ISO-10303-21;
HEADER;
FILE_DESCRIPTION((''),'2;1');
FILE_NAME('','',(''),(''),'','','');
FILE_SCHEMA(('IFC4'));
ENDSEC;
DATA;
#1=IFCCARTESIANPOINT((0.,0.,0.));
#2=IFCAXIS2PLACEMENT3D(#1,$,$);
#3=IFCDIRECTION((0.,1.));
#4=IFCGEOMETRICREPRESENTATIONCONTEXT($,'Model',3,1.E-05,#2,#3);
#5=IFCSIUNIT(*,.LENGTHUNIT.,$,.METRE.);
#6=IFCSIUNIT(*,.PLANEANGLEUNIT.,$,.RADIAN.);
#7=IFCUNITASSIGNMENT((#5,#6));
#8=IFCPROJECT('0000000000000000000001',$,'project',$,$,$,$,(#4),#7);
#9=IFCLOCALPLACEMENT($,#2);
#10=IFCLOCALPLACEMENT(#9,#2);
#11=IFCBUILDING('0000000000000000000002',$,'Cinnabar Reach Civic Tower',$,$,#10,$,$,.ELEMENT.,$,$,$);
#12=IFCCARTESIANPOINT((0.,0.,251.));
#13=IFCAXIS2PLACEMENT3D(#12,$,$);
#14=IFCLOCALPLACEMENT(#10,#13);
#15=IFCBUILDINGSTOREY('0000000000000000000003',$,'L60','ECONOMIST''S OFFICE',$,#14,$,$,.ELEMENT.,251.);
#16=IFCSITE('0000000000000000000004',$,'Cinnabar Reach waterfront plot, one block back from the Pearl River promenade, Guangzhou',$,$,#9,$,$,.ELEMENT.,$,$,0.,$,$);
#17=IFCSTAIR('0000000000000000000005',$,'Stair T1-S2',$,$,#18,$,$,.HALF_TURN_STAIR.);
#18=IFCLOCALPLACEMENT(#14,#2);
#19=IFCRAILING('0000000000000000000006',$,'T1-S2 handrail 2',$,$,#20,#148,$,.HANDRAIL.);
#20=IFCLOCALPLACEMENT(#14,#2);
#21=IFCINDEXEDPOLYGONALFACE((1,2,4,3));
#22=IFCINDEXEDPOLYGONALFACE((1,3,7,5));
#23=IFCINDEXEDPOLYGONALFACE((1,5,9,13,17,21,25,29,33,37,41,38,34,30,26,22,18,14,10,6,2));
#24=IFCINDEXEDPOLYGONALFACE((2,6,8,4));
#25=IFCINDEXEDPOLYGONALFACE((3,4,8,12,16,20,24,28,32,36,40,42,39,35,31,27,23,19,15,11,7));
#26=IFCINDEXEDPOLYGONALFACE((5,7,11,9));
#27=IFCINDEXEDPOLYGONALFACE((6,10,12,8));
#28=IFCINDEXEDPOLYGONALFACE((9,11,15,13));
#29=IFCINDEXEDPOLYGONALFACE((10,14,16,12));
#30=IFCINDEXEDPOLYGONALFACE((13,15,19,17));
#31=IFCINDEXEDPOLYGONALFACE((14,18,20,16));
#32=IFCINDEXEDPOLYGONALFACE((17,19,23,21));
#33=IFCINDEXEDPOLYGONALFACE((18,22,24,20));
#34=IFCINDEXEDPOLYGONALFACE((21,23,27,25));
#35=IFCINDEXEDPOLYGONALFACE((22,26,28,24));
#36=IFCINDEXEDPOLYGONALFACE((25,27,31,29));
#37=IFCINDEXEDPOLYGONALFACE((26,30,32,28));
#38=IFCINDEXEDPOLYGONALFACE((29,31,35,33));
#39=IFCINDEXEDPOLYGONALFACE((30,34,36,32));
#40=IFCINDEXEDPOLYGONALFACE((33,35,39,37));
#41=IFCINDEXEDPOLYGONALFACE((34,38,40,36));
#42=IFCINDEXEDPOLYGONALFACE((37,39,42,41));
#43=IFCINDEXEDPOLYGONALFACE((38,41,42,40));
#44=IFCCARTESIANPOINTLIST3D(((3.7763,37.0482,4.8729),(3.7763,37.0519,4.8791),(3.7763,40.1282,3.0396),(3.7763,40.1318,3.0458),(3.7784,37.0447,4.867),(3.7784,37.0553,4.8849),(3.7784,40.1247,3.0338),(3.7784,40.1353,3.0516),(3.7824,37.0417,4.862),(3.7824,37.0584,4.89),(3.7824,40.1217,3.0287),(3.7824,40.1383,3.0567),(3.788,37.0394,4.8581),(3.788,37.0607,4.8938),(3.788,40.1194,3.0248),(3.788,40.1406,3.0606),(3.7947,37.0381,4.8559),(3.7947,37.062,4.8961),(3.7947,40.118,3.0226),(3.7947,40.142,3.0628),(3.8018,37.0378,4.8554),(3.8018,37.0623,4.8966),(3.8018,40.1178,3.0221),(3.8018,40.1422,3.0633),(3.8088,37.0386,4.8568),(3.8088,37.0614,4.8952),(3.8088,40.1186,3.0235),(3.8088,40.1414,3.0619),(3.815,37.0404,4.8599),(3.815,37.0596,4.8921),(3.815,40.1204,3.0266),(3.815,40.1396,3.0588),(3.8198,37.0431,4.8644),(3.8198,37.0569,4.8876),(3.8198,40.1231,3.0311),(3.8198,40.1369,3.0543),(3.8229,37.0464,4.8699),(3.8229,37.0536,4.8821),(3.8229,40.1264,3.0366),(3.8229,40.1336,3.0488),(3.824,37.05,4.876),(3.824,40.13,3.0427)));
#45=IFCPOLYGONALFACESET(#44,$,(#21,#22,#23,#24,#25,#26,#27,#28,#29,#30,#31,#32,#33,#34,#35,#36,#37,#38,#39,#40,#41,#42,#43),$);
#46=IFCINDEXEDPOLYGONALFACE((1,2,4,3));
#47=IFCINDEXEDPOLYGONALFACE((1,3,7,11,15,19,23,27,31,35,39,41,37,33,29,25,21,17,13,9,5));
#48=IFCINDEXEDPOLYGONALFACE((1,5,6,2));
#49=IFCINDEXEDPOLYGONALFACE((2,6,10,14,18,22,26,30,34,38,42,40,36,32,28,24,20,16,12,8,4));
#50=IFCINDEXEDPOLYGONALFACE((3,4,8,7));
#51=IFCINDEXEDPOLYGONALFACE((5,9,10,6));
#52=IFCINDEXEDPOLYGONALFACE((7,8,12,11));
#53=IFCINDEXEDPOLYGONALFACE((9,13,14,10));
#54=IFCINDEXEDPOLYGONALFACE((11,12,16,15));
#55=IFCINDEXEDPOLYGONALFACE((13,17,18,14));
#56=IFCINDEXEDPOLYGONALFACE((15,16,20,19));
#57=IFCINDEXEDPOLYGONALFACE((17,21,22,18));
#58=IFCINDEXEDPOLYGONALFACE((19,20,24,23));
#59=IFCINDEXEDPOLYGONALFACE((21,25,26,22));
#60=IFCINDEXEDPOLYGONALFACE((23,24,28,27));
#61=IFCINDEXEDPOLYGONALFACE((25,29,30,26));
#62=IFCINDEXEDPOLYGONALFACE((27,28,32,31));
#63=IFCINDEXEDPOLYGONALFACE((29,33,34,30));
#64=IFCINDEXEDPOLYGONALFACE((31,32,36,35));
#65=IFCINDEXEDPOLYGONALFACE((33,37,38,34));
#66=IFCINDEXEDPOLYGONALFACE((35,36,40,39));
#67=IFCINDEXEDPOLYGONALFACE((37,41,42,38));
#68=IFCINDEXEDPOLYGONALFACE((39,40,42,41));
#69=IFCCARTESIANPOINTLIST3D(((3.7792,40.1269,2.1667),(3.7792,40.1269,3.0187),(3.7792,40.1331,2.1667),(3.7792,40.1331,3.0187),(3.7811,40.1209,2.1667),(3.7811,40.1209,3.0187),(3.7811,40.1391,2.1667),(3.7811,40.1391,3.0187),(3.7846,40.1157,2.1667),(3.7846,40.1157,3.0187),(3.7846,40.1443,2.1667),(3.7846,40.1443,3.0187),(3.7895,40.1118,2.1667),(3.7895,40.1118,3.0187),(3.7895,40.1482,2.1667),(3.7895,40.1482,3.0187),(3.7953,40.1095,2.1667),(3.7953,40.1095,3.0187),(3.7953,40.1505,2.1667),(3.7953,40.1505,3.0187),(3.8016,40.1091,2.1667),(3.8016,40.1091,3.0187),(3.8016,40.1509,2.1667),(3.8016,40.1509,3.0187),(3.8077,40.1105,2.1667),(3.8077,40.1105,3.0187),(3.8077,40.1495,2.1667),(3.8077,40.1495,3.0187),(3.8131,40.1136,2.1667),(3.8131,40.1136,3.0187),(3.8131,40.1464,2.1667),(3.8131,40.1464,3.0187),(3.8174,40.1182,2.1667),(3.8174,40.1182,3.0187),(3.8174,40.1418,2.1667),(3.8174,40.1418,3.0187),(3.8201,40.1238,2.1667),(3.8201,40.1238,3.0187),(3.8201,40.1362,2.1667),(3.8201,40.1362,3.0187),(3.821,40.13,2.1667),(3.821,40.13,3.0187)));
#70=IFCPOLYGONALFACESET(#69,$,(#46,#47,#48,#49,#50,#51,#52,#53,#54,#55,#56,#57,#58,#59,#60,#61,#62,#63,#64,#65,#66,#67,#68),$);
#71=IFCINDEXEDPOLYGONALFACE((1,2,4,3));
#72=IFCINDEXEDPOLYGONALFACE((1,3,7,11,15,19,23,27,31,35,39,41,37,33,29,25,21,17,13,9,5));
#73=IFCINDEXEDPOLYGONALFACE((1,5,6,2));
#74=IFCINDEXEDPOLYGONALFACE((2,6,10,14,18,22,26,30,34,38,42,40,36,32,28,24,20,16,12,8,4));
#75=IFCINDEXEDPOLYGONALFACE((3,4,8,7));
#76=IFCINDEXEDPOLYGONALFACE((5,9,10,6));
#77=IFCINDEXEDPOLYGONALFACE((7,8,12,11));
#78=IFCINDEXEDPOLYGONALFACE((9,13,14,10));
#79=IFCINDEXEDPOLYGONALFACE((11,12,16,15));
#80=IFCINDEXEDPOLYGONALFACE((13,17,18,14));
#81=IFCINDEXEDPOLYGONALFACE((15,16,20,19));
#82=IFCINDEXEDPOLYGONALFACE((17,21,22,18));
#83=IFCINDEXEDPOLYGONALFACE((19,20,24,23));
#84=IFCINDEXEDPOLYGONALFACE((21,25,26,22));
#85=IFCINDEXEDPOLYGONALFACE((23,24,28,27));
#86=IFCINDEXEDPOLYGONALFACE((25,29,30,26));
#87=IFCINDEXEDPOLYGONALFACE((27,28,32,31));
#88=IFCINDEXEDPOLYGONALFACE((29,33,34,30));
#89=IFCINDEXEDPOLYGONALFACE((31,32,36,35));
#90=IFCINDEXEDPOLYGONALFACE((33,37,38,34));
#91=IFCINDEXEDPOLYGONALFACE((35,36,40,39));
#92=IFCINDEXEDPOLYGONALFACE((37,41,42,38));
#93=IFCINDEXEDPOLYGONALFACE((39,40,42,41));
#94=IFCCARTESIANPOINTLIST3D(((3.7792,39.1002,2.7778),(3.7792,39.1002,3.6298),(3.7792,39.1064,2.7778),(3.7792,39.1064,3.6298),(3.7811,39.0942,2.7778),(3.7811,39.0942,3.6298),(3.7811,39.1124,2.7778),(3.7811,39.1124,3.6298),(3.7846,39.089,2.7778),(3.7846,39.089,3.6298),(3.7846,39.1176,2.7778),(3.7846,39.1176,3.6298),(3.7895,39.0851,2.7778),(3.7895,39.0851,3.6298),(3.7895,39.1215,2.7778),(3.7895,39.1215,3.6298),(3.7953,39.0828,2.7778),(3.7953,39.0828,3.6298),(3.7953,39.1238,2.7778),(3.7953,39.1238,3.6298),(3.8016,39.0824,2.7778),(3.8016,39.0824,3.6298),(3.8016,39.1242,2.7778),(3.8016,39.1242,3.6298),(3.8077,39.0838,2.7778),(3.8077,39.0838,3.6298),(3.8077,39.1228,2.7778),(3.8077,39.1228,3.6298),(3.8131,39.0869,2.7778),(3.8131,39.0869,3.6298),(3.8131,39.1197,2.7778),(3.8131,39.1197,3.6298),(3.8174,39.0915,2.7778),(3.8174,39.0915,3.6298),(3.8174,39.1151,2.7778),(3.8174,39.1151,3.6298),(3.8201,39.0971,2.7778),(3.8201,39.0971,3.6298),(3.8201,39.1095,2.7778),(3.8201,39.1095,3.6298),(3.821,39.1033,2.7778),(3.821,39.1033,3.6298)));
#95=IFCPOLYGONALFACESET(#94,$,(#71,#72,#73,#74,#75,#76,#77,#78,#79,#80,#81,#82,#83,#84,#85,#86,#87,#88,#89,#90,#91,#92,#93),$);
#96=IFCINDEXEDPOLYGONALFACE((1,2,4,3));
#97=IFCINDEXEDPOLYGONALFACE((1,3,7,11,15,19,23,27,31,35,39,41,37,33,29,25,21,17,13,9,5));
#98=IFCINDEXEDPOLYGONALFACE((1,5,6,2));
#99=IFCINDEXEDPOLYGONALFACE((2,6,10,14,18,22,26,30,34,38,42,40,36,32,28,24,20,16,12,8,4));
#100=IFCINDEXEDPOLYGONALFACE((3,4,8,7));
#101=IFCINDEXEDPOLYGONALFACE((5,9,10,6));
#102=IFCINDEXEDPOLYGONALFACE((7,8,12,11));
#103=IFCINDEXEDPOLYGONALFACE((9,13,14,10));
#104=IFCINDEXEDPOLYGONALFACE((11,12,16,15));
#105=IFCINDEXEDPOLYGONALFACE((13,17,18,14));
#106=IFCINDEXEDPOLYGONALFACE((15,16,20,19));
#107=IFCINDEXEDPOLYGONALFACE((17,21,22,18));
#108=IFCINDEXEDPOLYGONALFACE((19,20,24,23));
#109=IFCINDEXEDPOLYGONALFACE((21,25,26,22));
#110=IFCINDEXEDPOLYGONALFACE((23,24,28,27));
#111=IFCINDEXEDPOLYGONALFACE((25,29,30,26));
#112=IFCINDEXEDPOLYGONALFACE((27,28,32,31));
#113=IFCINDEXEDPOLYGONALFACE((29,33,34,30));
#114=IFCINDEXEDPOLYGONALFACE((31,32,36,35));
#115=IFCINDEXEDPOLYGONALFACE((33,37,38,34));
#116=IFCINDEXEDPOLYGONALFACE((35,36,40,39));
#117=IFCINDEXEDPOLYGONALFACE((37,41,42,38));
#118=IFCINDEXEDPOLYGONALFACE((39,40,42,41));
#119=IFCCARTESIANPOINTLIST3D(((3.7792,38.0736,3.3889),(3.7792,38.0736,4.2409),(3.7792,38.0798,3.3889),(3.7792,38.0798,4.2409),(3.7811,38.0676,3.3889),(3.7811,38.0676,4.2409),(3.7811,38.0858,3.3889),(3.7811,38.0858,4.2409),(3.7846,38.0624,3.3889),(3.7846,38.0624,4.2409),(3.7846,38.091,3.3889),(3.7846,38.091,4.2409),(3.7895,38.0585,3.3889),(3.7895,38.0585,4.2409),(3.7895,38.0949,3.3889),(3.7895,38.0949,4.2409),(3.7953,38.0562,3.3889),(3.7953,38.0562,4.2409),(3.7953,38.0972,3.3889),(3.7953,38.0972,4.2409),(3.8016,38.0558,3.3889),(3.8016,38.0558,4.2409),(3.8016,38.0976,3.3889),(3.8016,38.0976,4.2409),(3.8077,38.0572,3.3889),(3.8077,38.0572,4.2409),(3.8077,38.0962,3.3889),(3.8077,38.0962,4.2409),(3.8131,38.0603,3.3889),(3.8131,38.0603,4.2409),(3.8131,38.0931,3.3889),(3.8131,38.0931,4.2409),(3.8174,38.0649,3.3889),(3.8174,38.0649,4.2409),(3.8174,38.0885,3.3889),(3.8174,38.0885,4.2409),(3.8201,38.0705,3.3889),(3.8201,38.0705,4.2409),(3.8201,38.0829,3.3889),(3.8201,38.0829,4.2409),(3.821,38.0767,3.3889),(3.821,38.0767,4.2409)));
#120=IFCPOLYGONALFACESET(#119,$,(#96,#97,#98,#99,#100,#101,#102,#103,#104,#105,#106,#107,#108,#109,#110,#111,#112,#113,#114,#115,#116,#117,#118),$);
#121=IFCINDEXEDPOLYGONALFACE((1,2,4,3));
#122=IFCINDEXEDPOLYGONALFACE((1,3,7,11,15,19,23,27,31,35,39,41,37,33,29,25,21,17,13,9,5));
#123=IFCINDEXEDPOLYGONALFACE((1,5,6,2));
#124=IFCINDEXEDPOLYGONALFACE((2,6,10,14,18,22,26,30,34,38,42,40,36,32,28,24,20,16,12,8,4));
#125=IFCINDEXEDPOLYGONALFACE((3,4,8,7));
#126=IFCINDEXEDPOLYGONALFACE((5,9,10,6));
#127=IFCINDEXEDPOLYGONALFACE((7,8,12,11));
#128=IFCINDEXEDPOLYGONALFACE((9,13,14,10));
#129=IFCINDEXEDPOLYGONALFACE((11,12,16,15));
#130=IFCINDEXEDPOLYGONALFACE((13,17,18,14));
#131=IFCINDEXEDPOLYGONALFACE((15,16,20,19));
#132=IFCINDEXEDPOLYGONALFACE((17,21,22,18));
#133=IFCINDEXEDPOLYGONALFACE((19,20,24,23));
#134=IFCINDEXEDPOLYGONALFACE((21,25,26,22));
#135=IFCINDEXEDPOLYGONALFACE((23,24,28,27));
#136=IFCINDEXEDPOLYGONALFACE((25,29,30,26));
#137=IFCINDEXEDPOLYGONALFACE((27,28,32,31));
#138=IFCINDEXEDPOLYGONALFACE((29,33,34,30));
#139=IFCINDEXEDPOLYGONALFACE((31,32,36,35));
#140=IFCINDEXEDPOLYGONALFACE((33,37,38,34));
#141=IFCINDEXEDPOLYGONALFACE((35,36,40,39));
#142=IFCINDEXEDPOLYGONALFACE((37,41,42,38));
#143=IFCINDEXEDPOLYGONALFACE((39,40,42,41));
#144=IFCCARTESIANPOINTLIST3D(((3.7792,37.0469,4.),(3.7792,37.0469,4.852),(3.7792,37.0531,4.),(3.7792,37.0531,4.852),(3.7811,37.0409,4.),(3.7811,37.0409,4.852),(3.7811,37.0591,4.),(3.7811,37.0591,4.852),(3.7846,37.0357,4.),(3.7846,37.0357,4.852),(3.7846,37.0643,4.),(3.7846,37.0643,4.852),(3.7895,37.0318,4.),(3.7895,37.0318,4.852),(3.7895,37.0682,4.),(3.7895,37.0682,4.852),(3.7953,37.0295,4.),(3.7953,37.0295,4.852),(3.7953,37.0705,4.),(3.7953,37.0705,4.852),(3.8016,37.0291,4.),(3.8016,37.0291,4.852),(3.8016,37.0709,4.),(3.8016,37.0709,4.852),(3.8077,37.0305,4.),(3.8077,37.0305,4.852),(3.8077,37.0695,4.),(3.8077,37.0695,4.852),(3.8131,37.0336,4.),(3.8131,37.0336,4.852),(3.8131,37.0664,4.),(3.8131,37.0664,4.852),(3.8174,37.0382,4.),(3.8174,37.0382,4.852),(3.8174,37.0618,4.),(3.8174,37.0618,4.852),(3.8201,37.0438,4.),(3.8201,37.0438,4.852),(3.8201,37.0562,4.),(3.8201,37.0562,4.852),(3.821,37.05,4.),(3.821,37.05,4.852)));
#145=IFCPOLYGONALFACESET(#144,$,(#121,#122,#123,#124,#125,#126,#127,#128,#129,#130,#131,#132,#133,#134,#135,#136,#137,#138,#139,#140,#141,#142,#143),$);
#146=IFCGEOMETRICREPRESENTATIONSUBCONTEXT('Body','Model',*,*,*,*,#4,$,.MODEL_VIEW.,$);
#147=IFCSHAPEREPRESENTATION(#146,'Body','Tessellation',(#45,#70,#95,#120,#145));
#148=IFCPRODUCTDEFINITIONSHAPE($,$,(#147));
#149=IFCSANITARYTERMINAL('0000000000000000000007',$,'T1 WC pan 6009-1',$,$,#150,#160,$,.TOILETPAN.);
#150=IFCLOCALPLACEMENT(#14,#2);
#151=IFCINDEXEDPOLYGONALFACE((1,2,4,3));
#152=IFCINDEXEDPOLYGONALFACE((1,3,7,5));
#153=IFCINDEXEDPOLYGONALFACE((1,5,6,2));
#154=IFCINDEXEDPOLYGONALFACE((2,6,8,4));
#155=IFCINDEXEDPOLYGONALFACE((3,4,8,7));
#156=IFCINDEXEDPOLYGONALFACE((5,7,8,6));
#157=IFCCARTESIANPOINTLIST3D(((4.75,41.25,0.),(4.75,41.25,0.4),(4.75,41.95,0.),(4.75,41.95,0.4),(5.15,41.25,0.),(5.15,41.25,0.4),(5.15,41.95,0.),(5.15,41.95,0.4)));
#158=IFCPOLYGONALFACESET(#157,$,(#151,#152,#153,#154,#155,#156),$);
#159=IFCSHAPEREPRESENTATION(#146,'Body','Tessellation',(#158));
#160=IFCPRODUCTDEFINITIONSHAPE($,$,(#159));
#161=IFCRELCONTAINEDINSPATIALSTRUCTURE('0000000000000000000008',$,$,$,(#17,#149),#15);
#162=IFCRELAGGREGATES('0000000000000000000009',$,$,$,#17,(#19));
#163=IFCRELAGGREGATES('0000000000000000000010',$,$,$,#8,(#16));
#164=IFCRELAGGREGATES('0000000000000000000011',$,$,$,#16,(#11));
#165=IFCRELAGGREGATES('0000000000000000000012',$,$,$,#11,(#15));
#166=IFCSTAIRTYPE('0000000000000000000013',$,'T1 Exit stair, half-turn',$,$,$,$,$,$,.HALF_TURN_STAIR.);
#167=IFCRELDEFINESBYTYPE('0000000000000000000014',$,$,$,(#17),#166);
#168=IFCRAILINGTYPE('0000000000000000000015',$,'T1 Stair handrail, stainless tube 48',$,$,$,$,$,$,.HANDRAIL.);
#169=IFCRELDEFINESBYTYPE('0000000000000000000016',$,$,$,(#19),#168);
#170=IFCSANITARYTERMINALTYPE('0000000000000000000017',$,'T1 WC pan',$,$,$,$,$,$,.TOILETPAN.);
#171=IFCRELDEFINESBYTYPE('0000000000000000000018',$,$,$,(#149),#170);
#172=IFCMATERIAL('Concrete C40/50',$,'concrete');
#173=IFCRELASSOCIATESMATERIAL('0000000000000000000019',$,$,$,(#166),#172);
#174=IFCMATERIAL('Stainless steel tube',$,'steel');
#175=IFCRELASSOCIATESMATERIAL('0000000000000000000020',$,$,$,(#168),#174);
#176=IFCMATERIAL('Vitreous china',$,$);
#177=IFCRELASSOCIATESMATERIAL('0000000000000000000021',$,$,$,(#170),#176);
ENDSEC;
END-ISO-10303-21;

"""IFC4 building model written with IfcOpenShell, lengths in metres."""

from ifc_helpers import new_model, si_unit, direction, frame, origin, origin_2d, place, context, subcontext, project, spatial, rectangle, circle, extrude, material, type_object, element, aggregate, save


model = new_model("IFC4")

# Units and contexts
model_context = context("Model", 3, precision=1e-05, world=origin(), true_north=direction((0.0, 1.0)))
body_context = subcontext(model_context, "Body", "Model", "MODEL_VIEW")
ifc_project = project(units=[si_unit("LENGTHUNIT", "METRE"), si_unit("PLANEANGLEUNIT", "RADIAN")], contexts=[model_context])

# Site, building, storey
site_placement = place(None, origin())
site = spatial("IfcSite", under=ifc_project, at=site_placement, Name="Cinnabar Reach waterfront plot, one block back from the Pearl River promenade, Guangzhou", CompositionType="ELEMENT", RefElevation=0.0)
building_placement = place(site_placement, origin())
building = spatial("IfcBuilding", under=site, at=building_placement, Name="Cinnabar Reach Civic Tower", CompositionType="ELEMENT")
storey_placement = place(building_placement, frame((0.0, 0.0, 251.0)))
storey = spatial("IfcBuildingStorey", under=building, at=storey_placement, Name="L60", Description="ECONOMIST'S OFFICE", CompositionType="ELEMENT", Elevation=251.0)

# Shared definitions
ifc_material_1 = material(Name="Concrete C40/50", Category="concrete")

# Stair, railing
stair_type = type_object("IfcStairType", Name="T1 Exit stair, half-turn", PredefinedType="HALF_TURN_STAIR", material=ifc_material_1)
stair_placement = place(storey_placement, origin())
stair = element("IfcStair", 1, at=stair_placement, inside=storey, type_object=stair_type, Name="Stair T1-S2", PredefinedType="HALF_TURN_STAIR")
ifc_material_2 = material(Name="Stainless steel tube", Category="steel")
railing_type = type_object("IfcRailingType", Name="T1 Stair handrail, stainless tube 48", PredefinedType="HANDRAIL", material=ifc_material_2)
railing_1_placement = place(storey_placement, frame((3.8, 40.13, 2.1667)))
railing_1 = element("IfcRailing", 2, at=railing_1_placement, type_object=railing_type, Name="T1-S2 handrail 2", PredefinedType="HANDRAIL", context=body_context, shape_type="SweptSolid", body=[
    extrude(circle(Radius=0.024, at=origin_2d()), frame((0.0, 0.0, 0.876), z_axis=(0.0, -0.859297, 0.511477), x_axis=(1.0, 0.0, 0.0)), (0.0, 0.0, 1.0), 3.5843),
    extrude(circle(Radius=0.021, at=origin_2d()), origin(), (0.0, 0.0, 1.0), 0.852),
    extrude(circle(Radius=0.021, at=origin_2d()), frame((0.0, -1.0267, 0.6111)), (0.0, 0.0, 1.0), 0.852),
    extrude(circle(Radius=0.021, at=origin_2d()), frame((0.0, -2.0533, 1.2222)), (0.0, 0.0, 1.0), 0.852),
    extrude(circle(Radius=0.021, at=origin_2d()), frame((0.0, -3.08, 1.8333)), (0.0, 0.0, 1.0), 0.852),
])
aggregate(stair, [railing_1])

# Sanitary terminal
ifc_material_3 = material(Name="Vitreous china")
sanitary_terminal_type = type_object("IfcSanitaryTerminalType", Name="T1 WC pan", PredefinedType="TOILETPAN", material=ifc_material_3)
sanitary_terminal_placement = place(storey_placement, frame((4.95, 41.6, 0.0), z_axis=(0.0, 0.0, 1.0), x_axis=(1.0, 0.0, 0.0)))
element("IfcSanitaryTerminal", 3, at=sanitary_terminal_placement, inside=storey, type_object=sanitary_terminal_type, Name="T1 WC pan 6009-1", PredefinedType="TOILETPAN", context=body_context, shape_type="SweptSolid", body=[
    extrude(rectangle(XDim=0.4, YDim=0.7, at=origin_2d()), origin(), (0.0, 0.0, 1.0), 0.4),
])

save(model, "model.ifc")
